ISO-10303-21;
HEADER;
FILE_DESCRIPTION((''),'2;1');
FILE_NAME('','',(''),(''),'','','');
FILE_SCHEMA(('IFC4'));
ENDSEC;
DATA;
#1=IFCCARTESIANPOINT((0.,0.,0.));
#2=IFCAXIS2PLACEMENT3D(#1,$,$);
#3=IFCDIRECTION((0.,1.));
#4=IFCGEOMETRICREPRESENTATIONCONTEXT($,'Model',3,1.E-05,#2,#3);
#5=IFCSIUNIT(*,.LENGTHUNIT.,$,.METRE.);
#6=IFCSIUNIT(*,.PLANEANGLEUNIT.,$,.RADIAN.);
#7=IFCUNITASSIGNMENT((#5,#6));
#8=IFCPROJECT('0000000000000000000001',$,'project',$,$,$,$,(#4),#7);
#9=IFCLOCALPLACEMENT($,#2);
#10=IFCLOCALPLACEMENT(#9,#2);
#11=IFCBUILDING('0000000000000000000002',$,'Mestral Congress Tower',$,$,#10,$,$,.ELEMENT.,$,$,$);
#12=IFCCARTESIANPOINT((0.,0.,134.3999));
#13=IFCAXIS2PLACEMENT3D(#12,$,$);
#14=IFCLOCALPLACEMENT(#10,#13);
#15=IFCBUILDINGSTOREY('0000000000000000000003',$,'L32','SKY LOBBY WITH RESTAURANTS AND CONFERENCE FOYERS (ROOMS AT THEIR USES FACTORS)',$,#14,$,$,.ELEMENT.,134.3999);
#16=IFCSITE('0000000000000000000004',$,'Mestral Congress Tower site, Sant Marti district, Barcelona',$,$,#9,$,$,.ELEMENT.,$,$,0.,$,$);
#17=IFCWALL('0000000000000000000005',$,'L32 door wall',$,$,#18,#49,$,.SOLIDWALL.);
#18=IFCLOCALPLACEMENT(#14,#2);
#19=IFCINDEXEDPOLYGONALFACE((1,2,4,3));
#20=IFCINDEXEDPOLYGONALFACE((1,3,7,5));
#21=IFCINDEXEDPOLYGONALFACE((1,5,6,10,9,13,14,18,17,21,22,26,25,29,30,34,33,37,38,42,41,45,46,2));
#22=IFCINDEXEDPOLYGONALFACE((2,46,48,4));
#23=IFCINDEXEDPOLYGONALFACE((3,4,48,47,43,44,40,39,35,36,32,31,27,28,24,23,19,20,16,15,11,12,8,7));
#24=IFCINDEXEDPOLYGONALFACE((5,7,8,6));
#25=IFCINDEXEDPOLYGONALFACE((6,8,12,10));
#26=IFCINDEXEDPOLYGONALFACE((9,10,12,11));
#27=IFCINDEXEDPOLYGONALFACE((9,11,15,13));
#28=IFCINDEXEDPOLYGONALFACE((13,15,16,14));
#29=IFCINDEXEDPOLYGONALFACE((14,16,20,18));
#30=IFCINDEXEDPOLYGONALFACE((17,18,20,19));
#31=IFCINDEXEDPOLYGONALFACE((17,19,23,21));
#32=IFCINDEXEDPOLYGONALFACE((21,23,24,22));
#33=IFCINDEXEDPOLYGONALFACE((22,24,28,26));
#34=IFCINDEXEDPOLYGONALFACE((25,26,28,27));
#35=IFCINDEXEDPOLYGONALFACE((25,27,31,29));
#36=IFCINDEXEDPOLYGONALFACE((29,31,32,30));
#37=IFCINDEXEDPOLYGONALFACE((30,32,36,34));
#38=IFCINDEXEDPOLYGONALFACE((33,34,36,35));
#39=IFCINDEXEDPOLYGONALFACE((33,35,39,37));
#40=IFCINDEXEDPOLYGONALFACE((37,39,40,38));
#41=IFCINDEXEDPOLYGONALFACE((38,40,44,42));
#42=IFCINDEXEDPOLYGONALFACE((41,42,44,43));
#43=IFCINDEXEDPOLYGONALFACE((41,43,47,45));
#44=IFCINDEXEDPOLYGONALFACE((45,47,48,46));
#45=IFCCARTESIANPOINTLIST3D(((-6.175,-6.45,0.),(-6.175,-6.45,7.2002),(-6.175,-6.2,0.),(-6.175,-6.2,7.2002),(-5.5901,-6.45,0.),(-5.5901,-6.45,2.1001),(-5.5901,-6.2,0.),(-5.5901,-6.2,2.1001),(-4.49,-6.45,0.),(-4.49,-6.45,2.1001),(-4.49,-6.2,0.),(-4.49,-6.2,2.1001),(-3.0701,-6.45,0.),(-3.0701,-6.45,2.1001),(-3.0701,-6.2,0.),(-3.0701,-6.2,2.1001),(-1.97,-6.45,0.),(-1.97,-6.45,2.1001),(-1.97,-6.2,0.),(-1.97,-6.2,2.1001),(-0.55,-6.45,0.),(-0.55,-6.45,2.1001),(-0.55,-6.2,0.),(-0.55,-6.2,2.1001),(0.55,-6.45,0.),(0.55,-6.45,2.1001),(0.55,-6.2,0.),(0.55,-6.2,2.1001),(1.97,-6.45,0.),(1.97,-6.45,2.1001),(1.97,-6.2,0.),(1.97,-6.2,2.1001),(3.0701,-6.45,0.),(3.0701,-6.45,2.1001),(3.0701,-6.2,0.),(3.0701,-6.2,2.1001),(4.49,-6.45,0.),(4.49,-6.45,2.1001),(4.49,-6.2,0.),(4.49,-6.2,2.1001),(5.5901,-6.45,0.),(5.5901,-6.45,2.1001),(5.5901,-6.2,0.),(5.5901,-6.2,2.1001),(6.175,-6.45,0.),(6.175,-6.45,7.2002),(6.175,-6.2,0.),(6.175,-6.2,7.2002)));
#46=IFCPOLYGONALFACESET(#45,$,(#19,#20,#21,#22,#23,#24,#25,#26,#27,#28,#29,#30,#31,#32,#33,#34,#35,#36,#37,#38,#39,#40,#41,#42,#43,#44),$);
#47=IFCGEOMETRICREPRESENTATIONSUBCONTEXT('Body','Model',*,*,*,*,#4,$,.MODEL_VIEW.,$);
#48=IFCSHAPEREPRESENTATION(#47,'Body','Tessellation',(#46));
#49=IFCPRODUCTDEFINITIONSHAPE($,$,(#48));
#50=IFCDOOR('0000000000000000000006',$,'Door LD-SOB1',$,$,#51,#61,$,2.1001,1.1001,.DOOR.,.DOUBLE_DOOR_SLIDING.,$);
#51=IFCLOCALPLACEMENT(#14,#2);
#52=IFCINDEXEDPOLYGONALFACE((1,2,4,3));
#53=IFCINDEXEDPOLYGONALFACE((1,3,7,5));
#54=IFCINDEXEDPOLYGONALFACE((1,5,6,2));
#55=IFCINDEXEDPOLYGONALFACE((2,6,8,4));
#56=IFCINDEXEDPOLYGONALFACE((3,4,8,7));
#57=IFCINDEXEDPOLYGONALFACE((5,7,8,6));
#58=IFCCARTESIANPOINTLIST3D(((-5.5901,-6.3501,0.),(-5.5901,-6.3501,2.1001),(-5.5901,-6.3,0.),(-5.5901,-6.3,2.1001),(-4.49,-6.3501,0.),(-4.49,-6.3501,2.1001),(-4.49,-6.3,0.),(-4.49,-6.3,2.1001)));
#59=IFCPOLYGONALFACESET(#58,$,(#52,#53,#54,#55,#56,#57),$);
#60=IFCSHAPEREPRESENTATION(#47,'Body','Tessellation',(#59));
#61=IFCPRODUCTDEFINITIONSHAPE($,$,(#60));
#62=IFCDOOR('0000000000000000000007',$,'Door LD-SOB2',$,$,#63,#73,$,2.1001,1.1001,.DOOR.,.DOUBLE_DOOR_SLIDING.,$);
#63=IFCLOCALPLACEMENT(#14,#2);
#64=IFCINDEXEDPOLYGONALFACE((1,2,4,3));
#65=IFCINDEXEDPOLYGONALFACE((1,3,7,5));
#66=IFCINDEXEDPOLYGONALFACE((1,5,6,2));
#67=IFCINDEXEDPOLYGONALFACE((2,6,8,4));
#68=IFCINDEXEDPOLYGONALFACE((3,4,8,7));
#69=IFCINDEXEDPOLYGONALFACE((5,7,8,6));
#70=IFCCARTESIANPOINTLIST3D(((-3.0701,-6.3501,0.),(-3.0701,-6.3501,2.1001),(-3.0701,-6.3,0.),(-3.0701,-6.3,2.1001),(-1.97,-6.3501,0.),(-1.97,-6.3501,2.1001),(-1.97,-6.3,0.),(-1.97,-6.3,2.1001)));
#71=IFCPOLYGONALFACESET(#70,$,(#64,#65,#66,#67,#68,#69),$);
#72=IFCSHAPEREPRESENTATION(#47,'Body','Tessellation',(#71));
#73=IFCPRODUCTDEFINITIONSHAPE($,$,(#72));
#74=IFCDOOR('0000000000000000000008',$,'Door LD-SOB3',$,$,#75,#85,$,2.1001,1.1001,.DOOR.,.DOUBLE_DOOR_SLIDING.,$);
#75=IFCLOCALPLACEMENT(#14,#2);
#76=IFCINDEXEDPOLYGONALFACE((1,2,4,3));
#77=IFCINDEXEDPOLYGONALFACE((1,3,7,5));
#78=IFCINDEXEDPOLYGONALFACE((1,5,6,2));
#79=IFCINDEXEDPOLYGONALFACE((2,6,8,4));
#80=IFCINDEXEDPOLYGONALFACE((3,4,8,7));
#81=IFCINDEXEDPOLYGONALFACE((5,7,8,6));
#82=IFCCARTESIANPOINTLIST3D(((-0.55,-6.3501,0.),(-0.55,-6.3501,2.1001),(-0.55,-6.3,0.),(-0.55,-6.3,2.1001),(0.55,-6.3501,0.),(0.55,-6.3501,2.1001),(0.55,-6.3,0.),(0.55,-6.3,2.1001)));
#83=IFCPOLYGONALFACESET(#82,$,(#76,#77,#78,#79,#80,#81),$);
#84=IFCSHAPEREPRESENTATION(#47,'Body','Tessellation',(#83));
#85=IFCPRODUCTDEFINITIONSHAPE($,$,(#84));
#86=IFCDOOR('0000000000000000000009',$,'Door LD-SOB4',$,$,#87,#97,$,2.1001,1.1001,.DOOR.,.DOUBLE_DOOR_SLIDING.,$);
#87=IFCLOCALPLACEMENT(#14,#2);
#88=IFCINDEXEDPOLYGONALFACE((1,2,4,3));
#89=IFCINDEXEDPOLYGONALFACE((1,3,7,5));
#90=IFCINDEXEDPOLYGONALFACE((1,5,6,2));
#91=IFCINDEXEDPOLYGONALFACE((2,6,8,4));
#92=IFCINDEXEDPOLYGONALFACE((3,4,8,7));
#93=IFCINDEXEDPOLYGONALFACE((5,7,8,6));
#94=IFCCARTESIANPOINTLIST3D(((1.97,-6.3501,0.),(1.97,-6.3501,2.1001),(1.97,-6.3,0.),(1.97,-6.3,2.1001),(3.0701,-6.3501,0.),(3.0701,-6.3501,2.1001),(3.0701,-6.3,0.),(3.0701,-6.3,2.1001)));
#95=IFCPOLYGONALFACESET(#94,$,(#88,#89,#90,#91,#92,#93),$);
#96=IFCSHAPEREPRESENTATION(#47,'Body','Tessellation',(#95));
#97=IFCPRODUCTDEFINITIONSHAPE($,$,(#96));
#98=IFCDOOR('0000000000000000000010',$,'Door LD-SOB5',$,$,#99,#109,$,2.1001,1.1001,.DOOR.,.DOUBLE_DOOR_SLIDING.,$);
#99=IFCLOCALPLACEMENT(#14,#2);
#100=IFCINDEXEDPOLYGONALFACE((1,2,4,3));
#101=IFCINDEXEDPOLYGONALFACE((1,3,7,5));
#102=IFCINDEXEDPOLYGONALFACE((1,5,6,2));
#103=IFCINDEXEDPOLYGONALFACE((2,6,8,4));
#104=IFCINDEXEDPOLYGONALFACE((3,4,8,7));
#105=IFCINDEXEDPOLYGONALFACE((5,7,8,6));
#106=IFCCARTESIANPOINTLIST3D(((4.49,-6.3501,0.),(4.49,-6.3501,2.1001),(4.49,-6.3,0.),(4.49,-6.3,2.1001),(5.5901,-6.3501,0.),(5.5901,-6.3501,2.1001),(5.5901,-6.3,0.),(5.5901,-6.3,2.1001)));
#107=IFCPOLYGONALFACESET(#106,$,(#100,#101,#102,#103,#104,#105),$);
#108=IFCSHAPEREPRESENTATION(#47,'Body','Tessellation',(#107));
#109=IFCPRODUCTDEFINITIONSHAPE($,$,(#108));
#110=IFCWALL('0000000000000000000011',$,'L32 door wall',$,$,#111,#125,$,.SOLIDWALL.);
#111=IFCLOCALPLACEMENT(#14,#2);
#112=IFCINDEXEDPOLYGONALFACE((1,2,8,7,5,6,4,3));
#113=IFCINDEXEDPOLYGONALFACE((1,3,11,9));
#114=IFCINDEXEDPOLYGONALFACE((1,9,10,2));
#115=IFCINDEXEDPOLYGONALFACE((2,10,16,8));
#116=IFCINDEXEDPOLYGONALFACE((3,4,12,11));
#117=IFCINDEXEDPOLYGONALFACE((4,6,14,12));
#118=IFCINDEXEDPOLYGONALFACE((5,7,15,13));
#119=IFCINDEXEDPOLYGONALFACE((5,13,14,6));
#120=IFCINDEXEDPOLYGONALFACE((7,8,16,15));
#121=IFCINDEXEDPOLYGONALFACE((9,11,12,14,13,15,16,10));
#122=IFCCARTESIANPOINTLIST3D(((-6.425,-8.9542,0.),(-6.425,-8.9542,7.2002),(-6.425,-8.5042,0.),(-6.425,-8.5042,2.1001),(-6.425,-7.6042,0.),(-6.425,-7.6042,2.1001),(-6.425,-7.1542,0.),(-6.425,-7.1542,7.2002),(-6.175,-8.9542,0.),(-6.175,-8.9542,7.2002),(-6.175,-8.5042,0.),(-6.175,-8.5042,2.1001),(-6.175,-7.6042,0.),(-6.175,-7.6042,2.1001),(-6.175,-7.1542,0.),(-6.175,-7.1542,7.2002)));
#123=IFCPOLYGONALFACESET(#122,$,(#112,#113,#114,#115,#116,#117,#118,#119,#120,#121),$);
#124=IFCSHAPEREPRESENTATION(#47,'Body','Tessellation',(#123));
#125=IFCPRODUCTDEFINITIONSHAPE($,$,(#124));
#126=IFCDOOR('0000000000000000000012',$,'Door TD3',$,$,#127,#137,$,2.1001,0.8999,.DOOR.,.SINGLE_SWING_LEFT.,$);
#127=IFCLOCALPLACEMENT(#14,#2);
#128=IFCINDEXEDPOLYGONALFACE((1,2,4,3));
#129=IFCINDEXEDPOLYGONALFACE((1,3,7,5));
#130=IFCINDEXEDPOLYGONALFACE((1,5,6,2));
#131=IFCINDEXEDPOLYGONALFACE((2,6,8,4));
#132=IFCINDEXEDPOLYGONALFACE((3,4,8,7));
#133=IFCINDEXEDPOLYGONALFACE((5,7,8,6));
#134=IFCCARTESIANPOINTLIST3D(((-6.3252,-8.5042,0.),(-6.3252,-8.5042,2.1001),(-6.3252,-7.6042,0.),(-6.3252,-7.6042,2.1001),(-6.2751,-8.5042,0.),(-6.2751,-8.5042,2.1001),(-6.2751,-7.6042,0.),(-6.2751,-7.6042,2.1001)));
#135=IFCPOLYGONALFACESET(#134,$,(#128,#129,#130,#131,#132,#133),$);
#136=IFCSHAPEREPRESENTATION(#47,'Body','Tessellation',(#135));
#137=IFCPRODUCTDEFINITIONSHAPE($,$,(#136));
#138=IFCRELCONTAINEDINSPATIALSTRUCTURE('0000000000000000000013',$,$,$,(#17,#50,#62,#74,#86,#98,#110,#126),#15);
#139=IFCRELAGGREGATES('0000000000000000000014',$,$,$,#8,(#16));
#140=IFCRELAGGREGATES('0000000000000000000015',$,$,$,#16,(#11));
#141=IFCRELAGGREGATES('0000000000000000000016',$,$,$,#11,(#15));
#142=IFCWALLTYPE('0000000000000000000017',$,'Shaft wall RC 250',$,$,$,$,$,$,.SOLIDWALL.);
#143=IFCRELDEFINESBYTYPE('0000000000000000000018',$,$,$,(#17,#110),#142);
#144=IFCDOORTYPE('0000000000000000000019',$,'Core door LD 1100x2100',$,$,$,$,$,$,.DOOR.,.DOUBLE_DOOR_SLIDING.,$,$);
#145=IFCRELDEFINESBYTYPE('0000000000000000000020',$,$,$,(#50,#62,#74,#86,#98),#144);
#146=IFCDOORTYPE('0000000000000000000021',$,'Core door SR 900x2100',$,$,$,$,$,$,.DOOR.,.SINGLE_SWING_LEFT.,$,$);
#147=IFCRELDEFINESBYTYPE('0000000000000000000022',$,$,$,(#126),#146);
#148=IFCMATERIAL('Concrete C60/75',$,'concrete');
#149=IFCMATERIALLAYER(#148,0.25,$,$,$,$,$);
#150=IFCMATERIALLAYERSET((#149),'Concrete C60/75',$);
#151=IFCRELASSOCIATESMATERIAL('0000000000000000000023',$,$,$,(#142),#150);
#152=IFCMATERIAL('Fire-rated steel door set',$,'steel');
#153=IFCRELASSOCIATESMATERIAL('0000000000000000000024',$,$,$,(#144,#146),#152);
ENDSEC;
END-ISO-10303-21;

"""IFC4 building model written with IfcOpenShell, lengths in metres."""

from ifc_helpers import new_model, si_unit, direction, frame, frame_2d, origin, place, context, subcontext, project, spatial, rectangle, extrude, material, layer, layer_set, type_object, element, fill, save


model = new_model("IFC4")

# Units and contexts
model_context = context("Model", 3, precision=1e-05, world=origin(), true_north=direction((0.0, 1.0)))
body_context = subcontext(model_context, "Body", "Model", "MODEL_VIEW")
ifc_project = project(units=[si_unit("LENGTHUNIT", "METRE"), si_unit("PLANEANGLEUNIT", "RADIAN")], contexts=[model_context])

# Site, building, storey
site_placement = place(None, origin())
site = spatial("IfcSite", under=ifc_project, at=site_placement, Name="Mestral Congress Tower site, Sant Marti district, Barcelona", CompositionType="ELEMENT", RefElevation=0.0)
building_placement = place(site_placement, origin())
building = spatial("IfcBuilding", under=site, at=building_placement, Name="Mestral Congress Tower", CompositionType="ELEMENT")
storey_placement = place(building_placement, frame((0.0, 0.0, 134.3999)))
storey = spatial("IfcBuildingStorey", under=building, at=storey_placement, Name="L32", Description="SKY LOBBY WITH RESTAURANTS AND CONFERENCE FOYERS (ROOMS AT THEIR USES FACTORS)", CompositionType="ELEMENT", Elevation=134.3999)

# Shared definitions
ifc_material_1 = material(Name="Concrete C60/75", Category="concrete")
ifc_layer_1 = layer(ifc_material_1, 0.25)
ifc_layer_set_1 = layer_set([ifc_layer_1], Name="Concrete C60/75")
wall_type_1 = type_object("IfcWallType", Name="Shaft wall RC 250", PredefinedType="SOLIDWALL", material=ifc_layer_set_1)

# Wall, openings, doors
ifc_material_2 = material(Name="Fire-rated steel door set", Category="steel")
door_type_1 = type_object("IfcDoorType", Name="Core door LD 1100x2100", OperationType="DOUBLE_DOOR_SLIDING", PredefinedType="DOOR", material=ifc_material_2)
wall_1_placement = place(storey_placement, frame((-6.175, -6.325, 0.0), z_axis=(0.0, 0.0, 1.0), x_axis=(1.0, 0.0, 0.0)))
wall_1 = element("IfcWall", 1, at=wall_1_placement, inside=storey, type_object=wall_type_1, Name="L32 door wall", PredefinedType="SOLIDWALL", context=body_context, shape_type="SweptSolid", body=[
    extrude(rectangle(XDim=12.3501, YDim=0.25, at=frame_2d((6.175, 0.0))), origin(), (0.0, 0.0, 1.0), 7.2002),
])
opening_1_placement = place(wall_1_placement, frame((0.585, 0.0, 0.0)))
opening_1 = element("IfcOpeningElement", 2, at=opening_1_placement, cuts=wall_1, PredefinedType="OPENING", context=body_context, shape_type="SweptSolid", body=[
    extrude(rectangle(XDim=1.1001, YDim=2.1001, at=frame_2d((0.55, 1.05))), frame((0.0, 0.135, 0.0), z_axis=(0.0, -1.0, 0.0), x_axis=(1.0, 0.0, 0.0)), (0.0, 0.0, 1.0), 0.27),
])
opening_2_placement = place(wall_1_placement, frame((3.105, 0.0, 0.0)))
opening_2 = element("IfcOpeningElement", 3, at=opening_2_placement, cuts=wall_1, PredefinedType="OPENING", context=body_context, shape_type="SweptSolid", body=[
    extrude(rectangle(XDim=1.1001, YDim=2.1001, at=frame_2d((0.55, 1.05))), frame((0.0, 0.135, 0.0), z_axis=(0.0, -1.0, 0.0), x_axis=(1.0, 0.0, 0.0)), (0.0, 0.0, 1.0), 0.27),
])
opening_3_placement = place(wall_1_placement, frame((5.625, 0.0, 0.0)))
opening_3 = element("IfcOpeningElement", 4, at=opening_3_placement, cuts=wall_1, PredefinedType="OPENING", context=body_context, shape_type="SweptSolid", body=[
    extrude(rectangle(XDim=1.1001, YDim=2.1001, at=frame_2d((0.55, 1.05))), frame((0.0, 0.135, 0.0), z_axis=(0.0, -1.0, 0.0), x_axis=(1.0, 0.0, 0.0)), (0.0, 0.0, 1.0), 0.27),
])
opening_4_placement = place(wall_1_placement, frame((8.145, 0.0, 0.0)))
opening_4 = element("IfcOpeningElement", 5, at=opening_4_placement, cuts=wall_1, PredefinedType="OPENING", context=body_context, shape_type="SweptSolid", body=[
    extrude(rectangle(XDim=1.1001, YDim=2.1001, at=frame_2d((0.55, 1.05))), frame((0.0, 0.135, 0.0), z_axis=(0.0, -1.0, 0.0), x_axis=(1.0, 0.0, 0.0)), (0.0, 0.0, 1.0), 0.27),
])
opening_5_placement = place(wall_1_placement, frame((10.665, 0.0, 0.0)))
opening_5 = element("IfcOpeningElement", 6, at=opening_5_placement, cuts=wall_1, PredefinedType="OPENING", context=body_context, shape_type="SweptSolid", body=[
    extrude(rectangle(XDim=1.1001, YDim=2.1001, at=frame_2d((0.55, 1.05))), frame((0.0, 0.135, 0.0), z_axis=(0.0, -1.0, 0.0), x_axis=(1.0, 0.0, 0.0)), (0.0, 0.0, 1.0), 0.27),
])
door_1_placement = place(opening_1_placement, origin())
door_1 = element("IfcDoor", 7, at=door_1_placement, inside=storey, type_object=door_type_1, Name="Door LD-SOB1", OperationType="DOUBLE_DOOR_SLIDING", OverallHeight=2.1001, OverallWidth=1.1001, PredefinedType="DOOR", context=body_context, shape_type="SweptSolid", body=[
    extrude(rectangle(XDim=1.1001, YDim=2.1001, at=frame_2d((0.55, 1.05))), frame((0.0, 0.0249, 0.0), z_axis=(0.0, -1.0, 0.0), x_axis=(1.0, 0.0, 0.0)), (0.0, 0.0, 1.0), 0.05),
])
fill(opening_1, door_1)
door_2_placement = place(opening_2_placement, origin())
door_2 = element("IfcDoor", 8, at=door_2_placement, inside=storey, type_object=door_type_1, Name="Door LD-SOB2", OperationType="DOUBLE_DOOR_SLIDING", OverallHeight=2.1001, OverallWidth=1.1001, PredefinedType="DOOR", context=body_context, shape_type="SweptSolid", body=[
    extrude(rectangle(XDim=1.1001, YDim=2.1001, at=frame_2d((0.55, 1.05))), frame((0.0, 0.0249, 0.0), z_axis=(0.0, -1.0, 0.0), x_axis=(1.0, 0.0, 0.0)), (0.0, 0.0, 1.0), 0.05),
])
fill(opening_2, door_2)
door_3_placement = place(opening_3_placement, origin())
door_3 = element("IfcDoor", 9, at=door_3_placement, inside=storey, type_object=door_type_1, Name="Door LD-SOB3", OperationType="DOUBLE_DOOR_SLIDING", OverallHeight=2.1001, OverallWidth=1.1001, PredefinedType="DOOR", context=body_context, shape_type="SweptSolid", body=[
    extrude(rectangle(XDim=1.1001, YDim=2.1001, at=frame_2d((0.55, 1.05))), frame((0.0, 0.0249, 0.0), z_axis=(0.0, -1.0, 0.0), x_axis=(1.0, 0.0, 0.0)), (0.0, 0.0, 1.0), 0.05),
])
fill(opening_3, door_3)
door_4_placement = place(opening_4_placement, origin())
door_4 = element("IfcDoor", 10, at=door_4_placement, inside=storey, type_object=door_type_1, Name="Door LD-SOB4", OperationType="DOUBLE_DOOR_SLIDING", OverallHeight=2.1001, OverallWidth=1.1001, PredefinedType="DOOR", context=body_context, shape_type="SweptSolid", body=[
    extrude(rectangle(XDim=1.1001, YDim=2.1001, at=frame_2d((0.55, 1.05))), frame((0.0, 0.0249, 0.0), z_axis=(0.0, -1.0, 0.0), x_axis=(1.0, 0.0, 0.0)), (0.0, 0.0, 1.0), 0.05),
])
fill(opening_4, door_4)
door_5_placement = place(opening_5_placement, origin())
door_5 = element("IfcDoor", 11, at=door_5_placement, inside=storey, type_object=door_type_1, Name="Door LD-SOB5", OperationType="DOUBLE_DOOR_SLIDING", OverallHeight=2.1001, OverallWidth=1.1001, PredefinedType="DOOR", context=body_context, shape_type="SweptSolid", body=[
    extrude(rectangle(XDim=1.1001, YDim=2.1001, at=frame_2d((0.55, 1.05))), frame((0.0, 0.0249, 0.0), z_axis=(0.0, -1.0, 0.0), x_axis=(1.0, 0.0, 0.0)), (0.0, 0.0, 1.0), 0.05),
])
fill(opening_5, door_5)

# Wall, opening, door
wall_2_placement = place(storey_placement, frame((-6.3, -7.1543, 0.0), z_axis=(0.0, 0.0, 1.0), x_axis=(0.0, -1.0, 0.0)))
wall_2 = element("IfcWall", 12, at=wall_2_placement, inside=storey, type_object=wall_type_1, Name="L32 door wall", PredefinedType="SOLIDWALL", context=body_context, shape_type="SweptSolid", body=[
    extrude(rectangle(XDim=1.8, YDim=0.25, at=frame_2d((0.8999, 0.0))), origin(), (0.0, 0.0, 1.0), 7.2002),
])
opening_6_placement = place(wall_2_placement, frame((0.45, 0.0, 0.0)))
opening_6 = element("IfcOpeningElement", 13, at=opening_6_placement, cuts=wall_2, PredefinedType="OPENING", context=body_context, shape_type="SweptSolid", body=[
    extrude(rectangle(XDim=0.8999, YDim=2.1001, at=frame_2d((0.45, 1.05))), frame((0.0, 0.135, 0.0), z_axis=(0.0, -1.0, 0.0), x_axis=(1.0, 0.0, 0.0)), (0.0, 0.0, 1.0), 0.27),
])
door_type_2 = type_object("IfcDoorType", Name="Core door SR 900x2100", OperationType="SINGLE_SWING_LEFT", PredefinedType="DOOR", material=ifc_material_2)
door_6_placement = place(opening_6_placement, origin())
door_6 = element("IfcDoor", 14, at=door_6_placement, inside=storey, type_object=door_type_2, Name="Door TD3", OperationType="SINGLE_SWING_LEFT", OverallHeight=2.1001, OverallWidth=0.8999, PredefinedType="DOOR", context=body_context, shape_type="SweptSolid", body=[
    extrude(rectangle(XDim=0.8999, YDim=2.1001, at=frame_2d((0.45, 1.05))), frame((0.0, 0.0249, 0.0), z_axis=(0.0, -1.0, 0.0), x_axis=(1.0, 0.0, 0.0)), (0.0, 0.0, 1.0), 0.05),
])
fill(opening_6, door_6)

save(model, "model.ifc")
